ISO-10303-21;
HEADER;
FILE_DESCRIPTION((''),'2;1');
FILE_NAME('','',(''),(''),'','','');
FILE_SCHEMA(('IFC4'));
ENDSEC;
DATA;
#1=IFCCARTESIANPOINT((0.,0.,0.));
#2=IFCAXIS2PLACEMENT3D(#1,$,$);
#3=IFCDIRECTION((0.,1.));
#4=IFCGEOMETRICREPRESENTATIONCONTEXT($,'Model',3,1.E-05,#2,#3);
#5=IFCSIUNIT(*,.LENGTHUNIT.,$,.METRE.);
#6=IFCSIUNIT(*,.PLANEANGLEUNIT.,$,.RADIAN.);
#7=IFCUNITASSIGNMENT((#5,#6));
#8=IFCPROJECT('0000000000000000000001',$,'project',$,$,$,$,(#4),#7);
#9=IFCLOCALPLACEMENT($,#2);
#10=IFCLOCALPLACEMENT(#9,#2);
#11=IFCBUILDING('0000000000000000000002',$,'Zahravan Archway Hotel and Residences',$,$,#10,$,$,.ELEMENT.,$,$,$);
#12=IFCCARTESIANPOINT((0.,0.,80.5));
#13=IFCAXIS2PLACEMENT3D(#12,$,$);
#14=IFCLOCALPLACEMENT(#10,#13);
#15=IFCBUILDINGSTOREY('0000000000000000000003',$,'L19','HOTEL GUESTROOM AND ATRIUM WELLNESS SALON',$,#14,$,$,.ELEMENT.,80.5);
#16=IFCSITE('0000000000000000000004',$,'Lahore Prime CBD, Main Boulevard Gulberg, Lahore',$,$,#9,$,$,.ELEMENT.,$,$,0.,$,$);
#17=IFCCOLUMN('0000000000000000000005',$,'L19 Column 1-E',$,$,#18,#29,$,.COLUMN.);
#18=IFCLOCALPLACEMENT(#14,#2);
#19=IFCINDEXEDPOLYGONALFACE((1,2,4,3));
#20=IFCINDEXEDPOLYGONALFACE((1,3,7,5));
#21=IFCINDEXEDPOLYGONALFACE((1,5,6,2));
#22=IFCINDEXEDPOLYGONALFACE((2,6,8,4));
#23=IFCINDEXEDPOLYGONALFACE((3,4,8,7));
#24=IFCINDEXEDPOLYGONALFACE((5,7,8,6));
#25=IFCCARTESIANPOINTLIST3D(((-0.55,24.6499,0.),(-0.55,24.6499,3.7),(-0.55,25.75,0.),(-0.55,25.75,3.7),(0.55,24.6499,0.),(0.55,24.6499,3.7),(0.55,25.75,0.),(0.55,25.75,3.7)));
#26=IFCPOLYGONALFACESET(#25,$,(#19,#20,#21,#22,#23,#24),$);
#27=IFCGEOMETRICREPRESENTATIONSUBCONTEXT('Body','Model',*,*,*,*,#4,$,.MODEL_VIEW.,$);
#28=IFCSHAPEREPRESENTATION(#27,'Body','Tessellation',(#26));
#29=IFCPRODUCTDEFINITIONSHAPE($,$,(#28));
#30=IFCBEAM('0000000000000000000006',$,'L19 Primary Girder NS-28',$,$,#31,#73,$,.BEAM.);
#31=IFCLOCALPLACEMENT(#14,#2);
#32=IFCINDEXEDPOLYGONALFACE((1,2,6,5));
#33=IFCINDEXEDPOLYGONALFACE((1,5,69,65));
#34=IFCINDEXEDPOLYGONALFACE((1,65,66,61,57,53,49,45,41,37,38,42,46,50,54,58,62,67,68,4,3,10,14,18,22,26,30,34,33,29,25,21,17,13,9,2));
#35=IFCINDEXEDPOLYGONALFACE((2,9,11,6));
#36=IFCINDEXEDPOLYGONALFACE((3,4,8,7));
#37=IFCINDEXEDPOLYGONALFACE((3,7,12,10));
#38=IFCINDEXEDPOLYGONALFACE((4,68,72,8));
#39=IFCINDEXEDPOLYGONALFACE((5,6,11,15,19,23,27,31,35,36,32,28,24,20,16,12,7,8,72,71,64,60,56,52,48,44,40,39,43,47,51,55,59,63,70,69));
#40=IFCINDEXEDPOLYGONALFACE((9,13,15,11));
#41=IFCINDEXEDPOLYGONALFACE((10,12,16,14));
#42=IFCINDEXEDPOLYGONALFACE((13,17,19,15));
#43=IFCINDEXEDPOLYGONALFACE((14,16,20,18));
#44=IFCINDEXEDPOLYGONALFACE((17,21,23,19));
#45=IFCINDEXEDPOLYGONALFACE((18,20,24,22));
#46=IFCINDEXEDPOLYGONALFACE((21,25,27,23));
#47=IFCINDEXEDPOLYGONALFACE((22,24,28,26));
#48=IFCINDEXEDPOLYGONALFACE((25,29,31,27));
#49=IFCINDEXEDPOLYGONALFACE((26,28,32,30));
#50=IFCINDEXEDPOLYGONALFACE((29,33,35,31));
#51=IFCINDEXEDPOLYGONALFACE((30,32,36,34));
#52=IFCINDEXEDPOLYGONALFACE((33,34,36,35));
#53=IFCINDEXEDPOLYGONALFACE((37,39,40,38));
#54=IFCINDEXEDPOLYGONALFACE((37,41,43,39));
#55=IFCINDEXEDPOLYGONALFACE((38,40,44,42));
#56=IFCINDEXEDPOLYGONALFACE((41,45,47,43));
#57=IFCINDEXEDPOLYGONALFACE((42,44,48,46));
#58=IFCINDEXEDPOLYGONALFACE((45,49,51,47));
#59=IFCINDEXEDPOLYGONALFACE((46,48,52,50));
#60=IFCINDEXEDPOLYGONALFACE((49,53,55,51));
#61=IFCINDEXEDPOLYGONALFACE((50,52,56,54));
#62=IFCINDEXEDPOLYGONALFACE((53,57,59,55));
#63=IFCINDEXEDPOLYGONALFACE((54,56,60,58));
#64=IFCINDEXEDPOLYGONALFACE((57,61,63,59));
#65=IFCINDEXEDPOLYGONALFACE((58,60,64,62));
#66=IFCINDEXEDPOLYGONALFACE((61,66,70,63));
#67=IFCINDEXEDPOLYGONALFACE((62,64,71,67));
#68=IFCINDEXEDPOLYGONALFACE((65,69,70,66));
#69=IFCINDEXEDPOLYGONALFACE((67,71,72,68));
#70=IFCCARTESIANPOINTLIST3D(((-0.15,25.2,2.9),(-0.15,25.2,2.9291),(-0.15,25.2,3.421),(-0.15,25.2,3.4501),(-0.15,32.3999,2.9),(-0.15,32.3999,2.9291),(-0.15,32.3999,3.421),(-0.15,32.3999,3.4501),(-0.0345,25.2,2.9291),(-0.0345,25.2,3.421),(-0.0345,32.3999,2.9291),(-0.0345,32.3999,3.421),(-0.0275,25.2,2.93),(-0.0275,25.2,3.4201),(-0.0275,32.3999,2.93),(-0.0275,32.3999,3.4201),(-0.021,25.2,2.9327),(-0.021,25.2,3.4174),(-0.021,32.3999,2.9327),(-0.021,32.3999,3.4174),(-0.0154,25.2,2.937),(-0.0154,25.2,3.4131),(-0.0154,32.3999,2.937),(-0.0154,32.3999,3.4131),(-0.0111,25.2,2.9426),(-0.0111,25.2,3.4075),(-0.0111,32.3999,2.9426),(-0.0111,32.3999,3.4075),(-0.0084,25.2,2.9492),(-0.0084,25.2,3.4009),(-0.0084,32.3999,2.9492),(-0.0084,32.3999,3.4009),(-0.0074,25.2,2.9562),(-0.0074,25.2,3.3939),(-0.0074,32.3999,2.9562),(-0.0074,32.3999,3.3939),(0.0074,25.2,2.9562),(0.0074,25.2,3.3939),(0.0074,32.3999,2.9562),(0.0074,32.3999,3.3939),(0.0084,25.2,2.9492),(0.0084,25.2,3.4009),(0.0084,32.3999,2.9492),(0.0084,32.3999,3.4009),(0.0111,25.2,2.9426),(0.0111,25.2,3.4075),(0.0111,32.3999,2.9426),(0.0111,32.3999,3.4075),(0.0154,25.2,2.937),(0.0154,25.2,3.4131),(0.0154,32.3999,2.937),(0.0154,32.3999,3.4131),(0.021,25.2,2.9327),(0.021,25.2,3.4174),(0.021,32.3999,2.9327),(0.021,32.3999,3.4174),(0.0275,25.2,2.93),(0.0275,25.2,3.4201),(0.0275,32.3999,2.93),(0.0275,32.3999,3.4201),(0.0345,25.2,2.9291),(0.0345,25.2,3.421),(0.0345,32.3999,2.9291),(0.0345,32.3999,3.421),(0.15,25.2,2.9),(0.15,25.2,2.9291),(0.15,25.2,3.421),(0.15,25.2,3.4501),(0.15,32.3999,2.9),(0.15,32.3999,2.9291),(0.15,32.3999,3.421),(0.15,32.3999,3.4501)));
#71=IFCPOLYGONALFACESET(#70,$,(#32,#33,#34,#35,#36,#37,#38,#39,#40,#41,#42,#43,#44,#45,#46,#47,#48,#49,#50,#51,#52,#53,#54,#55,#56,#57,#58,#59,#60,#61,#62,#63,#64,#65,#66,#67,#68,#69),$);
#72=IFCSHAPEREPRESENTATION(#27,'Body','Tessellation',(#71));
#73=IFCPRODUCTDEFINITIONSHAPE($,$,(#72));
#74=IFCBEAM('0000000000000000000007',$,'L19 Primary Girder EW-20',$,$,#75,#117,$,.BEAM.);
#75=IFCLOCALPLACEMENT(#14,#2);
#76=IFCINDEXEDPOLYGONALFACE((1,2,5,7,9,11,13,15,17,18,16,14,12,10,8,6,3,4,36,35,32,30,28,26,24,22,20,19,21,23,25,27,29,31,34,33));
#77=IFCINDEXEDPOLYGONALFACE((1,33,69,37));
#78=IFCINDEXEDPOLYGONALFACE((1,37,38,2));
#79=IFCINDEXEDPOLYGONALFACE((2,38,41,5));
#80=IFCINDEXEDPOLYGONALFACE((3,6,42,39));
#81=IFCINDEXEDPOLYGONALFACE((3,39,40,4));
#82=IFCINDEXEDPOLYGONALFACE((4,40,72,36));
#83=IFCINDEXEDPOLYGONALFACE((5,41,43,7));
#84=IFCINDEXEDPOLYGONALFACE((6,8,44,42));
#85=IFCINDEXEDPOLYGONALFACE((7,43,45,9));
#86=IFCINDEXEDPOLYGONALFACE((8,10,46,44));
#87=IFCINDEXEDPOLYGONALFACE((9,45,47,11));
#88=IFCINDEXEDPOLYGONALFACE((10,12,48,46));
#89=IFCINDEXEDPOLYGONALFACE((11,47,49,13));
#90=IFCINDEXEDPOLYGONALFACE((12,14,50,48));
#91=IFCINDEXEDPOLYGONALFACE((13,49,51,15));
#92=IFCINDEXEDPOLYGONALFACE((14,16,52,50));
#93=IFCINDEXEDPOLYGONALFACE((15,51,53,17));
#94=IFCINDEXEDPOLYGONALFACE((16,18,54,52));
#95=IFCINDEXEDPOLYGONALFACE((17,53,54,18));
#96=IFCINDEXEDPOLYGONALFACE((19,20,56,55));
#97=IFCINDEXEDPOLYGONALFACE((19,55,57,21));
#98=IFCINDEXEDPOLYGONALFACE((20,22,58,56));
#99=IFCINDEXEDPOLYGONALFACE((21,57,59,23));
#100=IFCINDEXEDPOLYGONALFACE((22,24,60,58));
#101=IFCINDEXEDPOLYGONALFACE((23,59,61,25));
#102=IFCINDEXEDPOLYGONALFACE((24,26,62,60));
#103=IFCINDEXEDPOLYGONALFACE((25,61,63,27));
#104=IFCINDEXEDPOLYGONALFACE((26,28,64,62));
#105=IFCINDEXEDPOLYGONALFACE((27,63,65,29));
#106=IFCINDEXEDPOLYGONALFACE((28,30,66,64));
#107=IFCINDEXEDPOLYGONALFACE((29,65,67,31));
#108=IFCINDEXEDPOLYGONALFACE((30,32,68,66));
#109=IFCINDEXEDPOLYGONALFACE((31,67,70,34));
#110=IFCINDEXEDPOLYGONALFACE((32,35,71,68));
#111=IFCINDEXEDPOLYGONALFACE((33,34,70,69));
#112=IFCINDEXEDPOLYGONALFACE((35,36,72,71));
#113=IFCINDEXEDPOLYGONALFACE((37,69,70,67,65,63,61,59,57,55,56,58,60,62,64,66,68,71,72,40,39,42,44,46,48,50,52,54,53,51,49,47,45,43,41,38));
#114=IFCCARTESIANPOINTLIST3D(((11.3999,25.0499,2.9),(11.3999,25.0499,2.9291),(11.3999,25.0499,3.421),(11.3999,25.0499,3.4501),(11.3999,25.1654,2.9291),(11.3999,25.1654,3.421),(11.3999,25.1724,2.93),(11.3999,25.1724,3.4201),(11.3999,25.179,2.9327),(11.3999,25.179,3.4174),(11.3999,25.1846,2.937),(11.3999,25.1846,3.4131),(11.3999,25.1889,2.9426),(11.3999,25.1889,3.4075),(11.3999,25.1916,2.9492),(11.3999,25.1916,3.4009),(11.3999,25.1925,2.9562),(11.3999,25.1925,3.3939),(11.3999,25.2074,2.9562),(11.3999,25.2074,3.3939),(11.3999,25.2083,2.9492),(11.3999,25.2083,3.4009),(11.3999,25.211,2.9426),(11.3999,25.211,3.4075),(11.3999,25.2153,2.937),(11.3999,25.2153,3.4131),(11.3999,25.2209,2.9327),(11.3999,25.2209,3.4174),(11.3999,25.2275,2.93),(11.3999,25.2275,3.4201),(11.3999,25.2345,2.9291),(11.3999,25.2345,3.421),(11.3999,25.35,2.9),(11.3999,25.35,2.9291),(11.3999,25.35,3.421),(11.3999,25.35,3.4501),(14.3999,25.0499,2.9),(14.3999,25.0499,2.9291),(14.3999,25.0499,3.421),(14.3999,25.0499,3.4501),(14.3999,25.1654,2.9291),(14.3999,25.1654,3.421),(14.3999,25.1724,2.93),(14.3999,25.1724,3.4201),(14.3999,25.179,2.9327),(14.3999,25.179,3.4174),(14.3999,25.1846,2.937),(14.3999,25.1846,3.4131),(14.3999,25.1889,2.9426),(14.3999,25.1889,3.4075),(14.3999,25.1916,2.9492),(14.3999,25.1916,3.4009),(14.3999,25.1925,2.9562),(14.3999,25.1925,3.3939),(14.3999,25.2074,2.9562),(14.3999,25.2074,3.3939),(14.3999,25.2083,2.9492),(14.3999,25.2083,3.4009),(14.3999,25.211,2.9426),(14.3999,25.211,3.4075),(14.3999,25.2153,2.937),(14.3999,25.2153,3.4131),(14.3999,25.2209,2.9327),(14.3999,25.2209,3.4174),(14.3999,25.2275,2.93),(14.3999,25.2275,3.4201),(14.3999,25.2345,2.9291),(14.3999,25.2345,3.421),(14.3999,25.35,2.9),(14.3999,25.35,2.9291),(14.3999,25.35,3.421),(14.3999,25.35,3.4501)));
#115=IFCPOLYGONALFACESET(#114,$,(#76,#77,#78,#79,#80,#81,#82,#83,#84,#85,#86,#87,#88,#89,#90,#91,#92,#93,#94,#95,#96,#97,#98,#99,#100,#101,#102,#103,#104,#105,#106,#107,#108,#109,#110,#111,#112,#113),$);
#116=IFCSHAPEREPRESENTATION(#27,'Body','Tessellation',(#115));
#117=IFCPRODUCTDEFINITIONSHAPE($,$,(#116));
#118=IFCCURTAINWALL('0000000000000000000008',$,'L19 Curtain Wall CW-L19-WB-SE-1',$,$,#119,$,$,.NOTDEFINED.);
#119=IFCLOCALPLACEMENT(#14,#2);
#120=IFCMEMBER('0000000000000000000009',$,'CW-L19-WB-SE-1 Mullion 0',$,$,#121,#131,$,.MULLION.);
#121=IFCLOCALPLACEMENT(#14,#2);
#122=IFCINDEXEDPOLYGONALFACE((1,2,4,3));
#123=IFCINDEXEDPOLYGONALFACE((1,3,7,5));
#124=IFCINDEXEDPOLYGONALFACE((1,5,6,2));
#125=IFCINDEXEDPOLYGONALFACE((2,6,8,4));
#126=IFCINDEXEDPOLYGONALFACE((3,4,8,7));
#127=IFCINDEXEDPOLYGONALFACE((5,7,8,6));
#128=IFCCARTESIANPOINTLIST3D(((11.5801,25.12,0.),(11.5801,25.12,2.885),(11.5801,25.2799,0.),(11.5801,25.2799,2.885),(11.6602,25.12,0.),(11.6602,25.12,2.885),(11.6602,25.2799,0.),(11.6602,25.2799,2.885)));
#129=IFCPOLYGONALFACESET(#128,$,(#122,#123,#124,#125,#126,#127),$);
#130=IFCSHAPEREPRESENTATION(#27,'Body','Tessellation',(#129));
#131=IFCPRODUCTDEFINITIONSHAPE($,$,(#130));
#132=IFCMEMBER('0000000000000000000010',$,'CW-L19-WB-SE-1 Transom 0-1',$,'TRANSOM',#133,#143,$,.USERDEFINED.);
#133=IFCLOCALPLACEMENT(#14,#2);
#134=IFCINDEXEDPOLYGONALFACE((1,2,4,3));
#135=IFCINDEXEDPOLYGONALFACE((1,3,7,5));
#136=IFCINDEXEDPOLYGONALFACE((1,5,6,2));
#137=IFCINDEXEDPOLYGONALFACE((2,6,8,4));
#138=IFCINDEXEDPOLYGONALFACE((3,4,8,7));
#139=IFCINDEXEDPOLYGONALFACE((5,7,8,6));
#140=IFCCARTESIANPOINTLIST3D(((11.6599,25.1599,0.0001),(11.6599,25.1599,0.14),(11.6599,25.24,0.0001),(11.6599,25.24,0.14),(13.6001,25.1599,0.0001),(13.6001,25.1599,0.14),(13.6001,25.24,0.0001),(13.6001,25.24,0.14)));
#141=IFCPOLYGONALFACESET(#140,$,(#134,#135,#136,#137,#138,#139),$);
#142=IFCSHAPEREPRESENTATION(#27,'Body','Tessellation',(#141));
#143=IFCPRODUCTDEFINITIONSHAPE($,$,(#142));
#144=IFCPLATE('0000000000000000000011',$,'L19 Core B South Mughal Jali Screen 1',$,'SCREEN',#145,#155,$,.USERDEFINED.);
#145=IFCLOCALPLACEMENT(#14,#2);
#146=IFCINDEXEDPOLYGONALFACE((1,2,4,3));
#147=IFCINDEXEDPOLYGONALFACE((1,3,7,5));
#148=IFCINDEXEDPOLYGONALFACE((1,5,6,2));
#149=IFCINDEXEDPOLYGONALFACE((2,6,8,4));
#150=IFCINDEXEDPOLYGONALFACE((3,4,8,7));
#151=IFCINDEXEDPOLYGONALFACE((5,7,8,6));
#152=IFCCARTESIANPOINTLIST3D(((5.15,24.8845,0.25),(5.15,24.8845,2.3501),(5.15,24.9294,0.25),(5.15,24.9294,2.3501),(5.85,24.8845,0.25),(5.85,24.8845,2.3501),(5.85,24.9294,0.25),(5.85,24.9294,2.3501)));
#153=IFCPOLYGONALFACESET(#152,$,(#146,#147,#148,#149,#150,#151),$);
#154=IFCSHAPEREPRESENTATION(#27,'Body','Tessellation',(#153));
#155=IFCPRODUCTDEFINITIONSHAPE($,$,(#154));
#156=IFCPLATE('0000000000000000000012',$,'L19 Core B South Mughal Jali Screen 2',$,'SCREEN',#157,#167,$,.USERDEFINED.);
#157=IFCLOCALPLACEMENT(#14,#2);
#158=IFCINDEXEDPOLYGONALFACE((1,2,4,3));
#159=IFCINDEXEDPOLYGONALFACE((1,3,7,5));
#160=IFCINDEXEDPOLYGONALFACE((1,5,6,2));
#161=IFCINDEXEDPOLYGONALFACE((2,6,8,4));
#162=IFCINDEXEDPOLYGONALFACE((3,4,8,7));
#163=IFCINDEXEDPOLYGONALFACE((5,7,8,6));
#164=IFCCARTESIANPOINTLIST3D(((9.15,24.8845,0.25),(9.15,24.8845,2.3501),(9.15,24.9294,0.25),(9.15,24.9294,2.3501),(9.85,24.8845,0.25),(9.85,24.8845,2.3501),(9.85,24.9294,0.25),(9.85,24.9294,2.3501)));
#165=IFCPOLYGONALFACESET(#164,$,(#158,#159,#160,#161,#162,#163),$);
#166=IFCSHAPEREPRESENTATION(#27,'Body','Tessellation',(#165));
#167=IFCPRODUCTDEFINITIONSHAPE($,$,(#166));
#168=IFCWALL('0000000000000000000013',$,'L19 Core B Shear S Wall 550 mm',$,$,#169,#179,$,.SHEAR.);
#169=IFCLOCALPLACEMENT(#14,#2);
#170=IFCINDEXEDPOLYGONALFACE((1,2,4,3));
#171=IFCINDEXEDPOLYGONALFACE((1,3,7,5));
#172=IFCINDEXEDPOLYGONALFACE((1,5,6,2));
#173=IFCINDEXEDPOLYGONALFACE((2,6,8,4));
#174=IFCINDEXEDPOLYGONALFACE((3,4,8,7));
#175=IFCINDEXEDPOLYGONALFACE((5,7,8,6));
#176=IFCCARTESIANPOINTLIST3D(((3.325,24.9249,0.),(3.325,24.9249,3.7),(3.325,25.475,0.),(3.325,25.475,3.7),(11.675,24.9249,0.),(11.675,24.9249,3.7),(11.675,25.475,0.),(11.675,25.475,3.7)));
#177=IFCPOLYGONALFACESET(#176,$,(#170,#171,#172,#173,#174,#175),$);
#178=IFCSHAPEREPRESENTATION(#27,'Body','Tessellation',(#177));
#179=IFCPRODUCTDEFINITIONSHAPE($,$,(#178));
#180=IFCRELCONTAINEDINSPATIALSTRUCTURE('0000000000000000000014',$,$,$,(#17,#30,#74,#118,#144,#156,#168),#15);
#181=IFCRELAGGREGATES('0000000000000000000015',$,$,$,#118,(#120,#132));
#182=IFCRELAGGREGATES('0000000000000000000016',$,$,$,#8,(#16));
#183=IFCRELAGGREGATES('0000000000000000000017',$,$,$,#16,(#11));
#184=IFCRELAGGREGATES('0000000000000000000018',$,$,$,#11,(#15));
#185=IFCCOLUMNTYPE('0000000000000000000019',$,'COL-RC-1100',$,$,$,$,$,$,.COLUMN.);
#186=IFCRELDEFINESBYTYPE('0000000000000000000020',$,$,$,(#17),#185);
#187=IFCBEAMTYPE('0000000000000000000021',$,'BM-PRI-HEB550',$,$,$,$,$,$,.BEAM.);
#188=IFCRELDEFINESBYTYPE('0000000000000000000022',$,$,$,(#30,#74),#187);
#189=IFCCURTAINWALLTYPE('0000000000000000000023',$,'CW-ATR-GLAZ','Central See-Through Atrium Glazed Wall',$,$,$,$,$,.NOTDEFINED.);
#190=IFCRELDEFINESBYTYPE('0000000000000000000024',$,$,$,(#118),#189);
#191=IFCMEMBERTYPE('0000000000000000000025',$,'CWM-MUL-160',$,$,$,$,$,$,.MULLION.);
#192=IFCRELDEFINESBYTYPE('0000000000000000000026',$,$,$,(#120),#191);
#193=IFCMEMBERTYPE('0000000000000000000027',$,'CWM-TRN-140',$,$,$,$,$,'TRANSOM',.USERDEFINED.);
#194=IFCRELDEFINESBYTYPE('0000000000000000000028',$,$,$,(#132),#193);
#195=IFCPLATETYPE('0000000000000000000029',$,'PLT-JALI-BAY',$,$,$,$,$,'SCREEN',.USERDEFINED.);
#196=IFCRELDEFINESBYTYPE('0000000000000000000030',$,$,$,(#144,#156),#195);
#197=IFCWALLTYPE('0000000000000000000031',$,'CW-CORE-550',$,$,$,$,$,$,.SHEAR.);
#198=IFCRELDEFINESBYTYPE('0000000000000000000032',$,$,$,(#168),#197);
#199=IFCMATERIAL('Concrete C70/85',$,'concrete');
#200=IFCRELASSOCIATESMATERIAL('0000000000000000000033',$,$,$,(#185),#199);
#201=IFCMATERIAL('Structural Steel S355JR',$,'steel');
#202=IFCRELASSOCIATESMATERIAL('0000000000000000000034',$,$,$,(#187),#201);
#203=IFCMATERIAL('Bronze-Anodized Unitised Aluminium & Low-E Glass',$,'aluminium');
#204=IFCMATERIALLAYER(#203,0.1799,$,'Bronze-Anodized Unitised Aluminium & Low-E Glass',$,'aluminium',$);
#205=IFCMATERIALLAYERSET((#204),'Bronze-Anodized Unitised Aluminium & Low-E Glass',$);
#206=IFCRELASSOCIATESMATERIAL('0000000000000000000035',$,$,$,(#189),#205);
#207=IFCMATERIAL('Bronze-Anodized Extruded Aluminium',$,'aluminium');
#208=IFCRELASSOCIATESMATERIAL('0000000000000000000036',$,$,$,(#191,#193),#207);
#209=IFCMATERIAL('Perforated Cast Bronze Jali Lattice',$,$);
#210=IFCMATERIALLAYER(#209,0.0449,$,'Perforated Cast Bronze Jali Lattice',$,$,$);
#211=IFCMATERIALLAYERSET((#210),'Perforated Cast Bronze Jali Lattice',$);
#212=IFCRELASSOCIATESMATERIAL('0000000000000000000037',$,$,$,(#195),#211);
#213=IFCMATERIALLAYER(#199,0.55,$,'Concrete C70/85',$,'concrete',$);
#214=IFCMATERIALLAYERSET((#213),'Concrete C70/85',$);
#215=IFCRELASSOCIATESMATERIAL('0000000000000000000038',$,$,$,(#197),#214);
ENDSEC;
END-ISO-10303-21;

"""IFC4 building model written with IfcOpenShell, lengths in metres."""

from ifc_helpers import new_model, si_unit, direction, frame, frame_2d, origin, origin_2d, place, context, subcontext, project, spatial, rectangle, i_section, extrude, source, transform, mapped, material, layer, layer_set, material_profile, profile_set, type_object, type_shapes, element, aggregate, save


model = new_model("IFC4")

# Units and contexts
model_context = context("Model", 3, precision=1e-05, world=origin(), true_north=direction((0.0, 1.0)))
body_context = subcontext(model_context, "Body", "Model", "MODEL_VIEW")
ifc_project = project(units=[si_unit("LENGTHUNIT", "METRE"), si_unit("PLANEANGLEUNIT", "RADIAN")], contexts=[model_context])

# Site, building, storey
site_placement = place(None, origin())
site = spatial("IfcSite", under=ifc_project, at=site_placement, Name="Lahore Prime CBD, Main Boulevard Gulberg, Lahore", CompositionType="ELEMENT", RefElevation=0.0)
building_placement = place(site_placement, origin())
building = spatial("IfcBuilding", under=site, at=building_placement, Name="Zahravan Archway Hotel and Residences", CompositionType="ELEMENT")
storey_placement = place(building_placement, frame((0.0, 0.0, 80.5)))
storey = spatial("IfcBuildingStorey", under=building, at=storey_placement, Name="L19", Description="HOTEL GUESTROOM AND ATRIUM WELLNESS SALON", CompositionType="ELEMENT", Elevation=80.5)

# Column
ifc_material_1 = material(Name="Concrete C70/85", Category="concrete")
ifc_material_profile_1 = material_profile(ifc_material_1, rectangle(XDim=1.1001, YDim=1.1001, at=origin_2d()), Name="RC 1100x1100", Category="concrete")
ifc_profile_set_1 = profile_set([ifc_material_profile_1], Name="Concrete C70/85")
column_type = type_object("IfcColumnType", Name="COL-RC-1100", PredefinedType="COLUMN", material=ifc_profile_set_1)
shared_shape_1 = source(origin(), body_context, "Body", "SweptSolid", [
    extrude(rectangle(XDim=1.1001, YDim=1.1001, at=origin_2d()), origin(), (0.0, 0.0, 1.0), 3.7),
])
column_placement = place(storey_placement, frame((0.0, 25.2, 0.0), z_axis=(0.0, 0.0, 1.0), x_axis=(1.0, 0.0, 0.0)))
element("IfcColumn", 1, at=column_placement, inside=storey, type_object=column_type, Name="L19 Column 1-E", PredefinedType="COLUMN", context=body_context, shape_type="MappedRepresentation", body=[
    mapped(shared_shape_1, transform((0.0, 0.0, 0.0), scale=1.0)),
])

# Beams
ifc_material_2 = material(Name="Structural Steel S355JR", Category="steel")
ifc_material_profile_2 = material_profile(ifc_material_2, i_section(OverallWidth=0.3, OverallDepth=0.55, WebThickness=0.0149, FlangeThickness=0.0291, FilletRadius=0.0271, at=origin_2d()), Name="HEB 550", Category="steel")
ifc_profile_set_2 = profile_set([ifc_material_profile_2], Name="Structural Steel S355JR")
beam_type = type_object("IfcBeamType", Name="BM-PRI-HEB550", PredefinedType="BEAM", material=ifc_profile_set_2)
shared_shape_2 = source(origin(), body_context, "Body", "SweptSolid", [
    extrude(i_section(OverallWidth=0.3, OverallDepth=0.55, WebThickness=0.0149, FlangeThickness=0.0291, FilletRadius=0.0271, at=origin_2d()), origin(), (0.0, 0.0, 1.0), 7.2),
])
beam_1_placement = place(storey_placement, frame((0.0, 25.2, 3.175), z_axis=(0.0, 1.0, 0.0), x_axis=(-1.0, 0.0, 0.0)))
element("IfcBeam", 2, at=beam_1_placement, inside=storey, type_object=beam_type, Name="L19 Primary Girder NS-28", PredefinedType="BEAM", context=body_context, shape_type="MappedRepresentation", body=[
    mapped(shared_shape_2, transform((0.0, 0.0, 0.0), scale=1.0)),
])
shared_shape_3 = source(origin(), body_context, "Body", "SweptSolid", [
    extrude(i_section(OverallWidth=0.3, OverallDepth=0.55, WebThickness=0.0149, FlangeThickness=0.0291, FilletRadius=0.0271, at=origin_2d()), origin(), (0.0, 0.0, 1.0), 3.0),
])
beam_2_placement = place(storey_placement, frame((11.3999, 25.2, 3.175), z_axis=(1.0, 0.0, 0.0), x_axis=(0.0, 1.0, 0.0)))
element("IfcBeam", 3, at=beam_2_placement, inside=storey, type_object=beam_type, Name="L19 Primary Girder EW-20", PredefinedType="BEAM", context=body_context, shape_type="MappedRepresentation", body=[
    mapped(shared_shape_3, transform((0.0, 0.0, 0.0), scale=1.0)),
])

# Curtain wall, members
ifc_material_3 = material(Name="Bronze-Anodized Unitised Aluminium & Low-E Glass", Category="aluminium")
ifc_layer_1 = layer(ifc_material_3, 0.1799, Name="Bronze-Anodized Unitised Aluminium & Low-E Glass", Category="aluminium")
ifc_layer_set_1 = layer_set([ifc_layer_1], Name="Bronze-Anodized Unitised Aluminium & Low-E Glass")
curtain_wall_type = type_object("IfcCurtainWallType", Name="CW-ATR-GLAZ", Description="Central See-Through Atrium Glazed Wall", PredefinedType="NOTDEFINED", material=ifc_layer_set_1)
curtain_wall_placement = place(storey_placement, origin())
curtain_wall = element("IfcCurtainWall", 4, at=curtain_wall_placement, inside=storey, type_object=curtain_wall_type, Name="L19 Curtain Wall CW-L19-WB-SE-1", PredefinedType="NOTDEFINED")
ifc_material_4 = material(Name="Bronze-Anodized Extruded Aluminium", Category="aluminium")
ifc_material_profile_3 = material_profile(ifc_material_4, rectangle(XDim=0.0801, YDim=0.1599, at=origin_2d()), Name="MUL 80x160", Category="aluminium")
ifc_profile_set_3 = profile_set([ifc_material_profile_3], Name="Bronze-Anodized Extruded Aluminium")
member_type_1 = type_object("IfcMemberType", Name="CWM-MUL-160", PredefinedType="MULLION", material=ifc_profile_set_3)
shared_shape_4 = source(origin(), body_context, "Body", "SweptSolid", [
    extrude(rectangle(XDim=0.0801, YDim=0.1599, at=origin_2d()), origin(), (0.0, 0.0, 1.0), 2.885),
])
member_1_placement = place(storey_placement, frame((11.6201, 25.2, 0.0), z_axis=(0.0, 0.0, 1.0), x_axis=(1.0, 0.0, 0.0)))
member_1 = element("IfcMember", 5, at=member_1_placement, type_object=member_type_1, Name="CW-L19-WB-SE-1 Mullion 0", PredefinedType="MULLION", context=body_context, shape_type="MappedRepresentation", body=[
    mapped(shared_shape_4, transform((0.0, 0.0, 0.0), scale=1.0)),
])
ifc_material_profile_4 = material_profile(ifc_material_4, rectangle(XDim=0.0801, YDim=0.1399, at=origin_2d()), Name="TRN 80x140", Category="aluminium")
ifc_profile_set_4 = profile_set([ifc_material_profile_4], Name="Bronze-Anodized Extruded Aluminium")
member_type_2 = type_object("IfcMemberType", Name="CWM-TRN-140", ElementType="TRANSOM", PredefinedType="USERDEFINED", material=ifc_profile_set_4)
shared_shape_5 = source(origin(), body_context, "Body", "SweptSolid", [
    extrude(rectangle(XDim=0.0801, YDim=0.1399, at=origin_2d()), origin(), (0.0, 0.0, 1.0), 1.9402),
])
member_2_placement = place(storey_placement, frame((11.6599, 25.2, 0.0701), z_axis=(1.0, 0.0, 0.0), x_axis=(0.0, 1.0, 0.0)))
member_2 = element("IfcMember", 6, at=member_2_placement, type_object=member_type_2, Name="CW-L19-WB-SE-1 Transom 0-1", ObjectType="TRANSOM", PredefinedType="USERDEFINED", context=body_context, shape_type="MappedRepresentation", body=[
    mapped(shared_shape_5, transform((0.0, 0.0, 0.0), scale=1.0)),
])
aggregate(curtain_wall, [member_1, member_2])

# Plates
ifc_material_5 = material(Name="Perforated Cast Bronze Jali Lattice")
ifc_layer_2 = layer(ifc_material_5, 0.0449, Name="Perforated Cast Bronze Jali Lattice")
ifc_layer_set_2 = layer_set([ifc_layer_2], Name="Perforated Cast Bronze Jali Lattice")
plate_type = type_object("IfcPlateType", Name="PLT-JALI-BAY", ElementType="SCREEN", PredefinedType="USERDEFINED", material=ifc_layer_set_2)
shared_shape_6 = source(origin(), body_context, "Body", "SweptSolid", [
    extrude(rectangle(XDim=0.7, YDim=0.0449, at=origin_2d()), origin(), (0.0, 0.0, 1.0), 2.1001),
])
type_shapes(plate_type, [shared_shape_6])
for number, where, z_axis, x_axis, name in (
    (7, (5.5, 24.907, 0.25), (0.0, 0.0, 1.0), (1.0, 0.0, 0.0), "L19 Core B South Mughal Jali Screen 1"),
    (8, (9.5, 24.907, 0.25), (0.0, 0.0, 1.0), (1.0, 0.0, 0.0), "L19 Core B South Mughal Jali Screen 2"),
):
    element("IfcPlate", number, at=place(storey_placement, frame(where, z_axis=z_axis, x_axis=x_axis)), inside=storey, type_object=plate_type, Name=name, ObjectType="SCREEN", PredefinedType="USERDEFINED", context=body_context, shape_type="MappedRepresentation", body=[
        mapped(shared_shape_6, transform((0.0, 0.0, 0.0), scale=1.0)),
    ])

# Wall
ifc_layer_3 = layer(ifc_material_1, 0.55, Name="Concrete C70/85", Category="concrete")
ifc_layer_set_3 = layer_set([ifc_layer_3], Name="Concrete C70/85")
wall_type_1 = type_object("IfcWallType", Name="CW-CORE-550", PredefinedType="SHEAR", material=ifc_layer_set_3)
wall_1_placement = place(storey_placement, frame((3.325, 25.2, 0.0), z_axis=(0.0, 0.0, 1.0), x_axis=(1.0, 0.0, 0.0)))
element("IfcWall", 9, at=wall_1_placement, inside=storey, type_object=wall_type_1, Name="L19 Core B Shear S Wall 550 mm", PredefinedType="SHEAR", context=body_context, shape_type="SweptSolid", body=[
    extrude(rectangle(XDim=8.3501, YDim=0.55, at=frame_2d((4.175, 0.0))), origin(), (0.0, 0.0, 1.0), 3.7),
])

save(model, "model.ifc")
